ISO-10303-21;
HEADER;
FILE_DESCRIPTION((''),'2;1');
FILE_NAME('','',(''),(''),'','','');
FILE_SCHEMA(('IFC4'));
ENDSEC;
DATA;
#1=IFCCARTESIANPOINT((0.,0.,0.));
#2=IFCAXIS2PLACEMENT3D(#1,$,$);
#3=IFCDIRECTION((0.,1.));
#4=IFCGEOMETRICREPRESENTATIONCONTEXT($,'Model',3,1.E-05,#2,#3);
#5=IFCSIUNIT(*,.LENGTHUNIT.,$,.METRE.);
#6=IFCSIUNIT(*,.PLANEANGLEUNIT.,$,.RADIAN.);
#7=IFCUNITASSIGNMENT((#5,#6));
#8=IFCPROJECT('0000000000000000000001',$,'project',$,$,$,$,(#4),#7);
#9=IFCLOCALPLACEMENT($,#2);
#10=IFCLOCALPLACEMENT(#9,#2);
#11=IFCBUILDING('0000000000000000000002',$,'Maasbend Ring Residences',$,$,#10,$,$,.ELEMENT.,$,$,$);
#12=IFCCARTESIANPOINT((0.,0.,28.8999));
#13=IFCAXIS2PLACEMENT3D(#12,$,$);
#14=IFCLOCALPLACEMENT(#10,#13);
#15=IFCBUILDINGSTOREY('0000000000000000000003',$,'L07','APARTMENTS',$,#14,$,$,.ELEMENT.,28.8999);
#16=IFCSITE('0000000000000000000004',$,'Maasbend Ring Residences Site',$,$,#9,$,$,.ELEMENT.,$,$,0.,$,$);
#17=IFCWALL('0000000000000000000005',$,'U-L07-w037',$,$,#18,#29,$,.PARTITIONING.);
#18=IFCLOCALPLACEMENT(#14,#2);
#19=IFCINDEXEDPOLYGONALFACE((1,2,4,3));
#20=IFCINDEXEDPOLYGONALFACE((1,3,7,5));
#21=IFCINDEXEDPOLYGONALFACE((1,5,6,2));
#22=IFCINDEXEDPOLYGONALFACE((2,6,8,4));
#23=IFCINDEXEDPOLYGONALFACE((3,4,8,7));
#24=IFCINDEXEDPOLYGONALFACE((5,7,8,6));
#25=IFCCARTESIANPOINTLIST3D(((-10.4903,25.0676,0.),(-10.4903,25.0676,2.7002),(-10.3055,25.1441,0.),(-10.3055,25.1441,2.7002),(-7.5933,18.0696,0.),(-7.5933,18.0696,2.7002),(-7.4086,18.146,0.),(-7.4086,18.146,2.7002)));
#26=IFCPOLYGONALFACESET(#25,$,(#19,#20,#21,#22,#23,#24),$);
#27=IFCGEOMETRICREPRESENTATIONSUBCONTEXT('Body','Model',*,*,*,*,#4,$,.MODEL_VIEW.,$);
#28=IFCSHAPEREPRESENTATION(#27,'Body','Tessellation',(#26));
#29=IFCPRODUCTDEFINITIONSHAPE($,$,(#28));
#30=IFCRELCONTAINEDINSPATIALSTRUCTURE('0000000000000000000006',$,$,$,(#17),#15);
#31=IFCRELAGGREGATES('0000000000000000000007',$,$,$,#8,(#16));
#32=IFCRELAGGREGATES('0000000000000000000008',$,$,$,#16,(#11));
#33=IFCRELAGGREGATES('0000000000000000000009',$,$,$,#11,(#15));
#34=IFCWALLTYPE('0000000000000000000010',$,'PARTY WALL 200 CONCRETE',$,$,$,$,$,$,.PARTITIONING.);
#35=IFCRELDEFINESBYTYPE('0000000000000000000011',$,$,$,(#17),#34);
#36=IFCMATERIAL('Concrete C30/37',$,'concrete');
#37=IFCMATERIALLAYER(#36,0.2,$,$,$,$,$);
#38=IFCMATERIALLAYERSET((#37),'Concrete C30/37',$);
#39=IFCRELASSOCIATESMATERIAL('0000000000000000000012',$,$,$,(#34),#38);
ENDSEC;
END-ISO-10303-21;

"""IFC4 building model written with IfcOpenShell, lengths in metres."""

from ifc_helpers import new_model, si_unit, direction, frame, frame_2d, origin, place, context, subcontext, project, spatial, rectangle, extrude, material, layer, layer_set, type_object, element, save


model = new_model("IFC4")

# Units and contexts
model_context = context("Model", 3, precision=1e-05, world=origin(), true_north=direction((0.0, 1.0)))
body_context = subcontext(model_context, "Body", "Model", "MODEL_VIEW")
ifc_project = project(units=[si_unit("LENGTHUNIT", "METRE"), si_unit("PLANEANGLEUNIT", "RADIAN")], contexts=[model_context])

# Site, building, storey
site_placement = place(None, origin())
site = spatial("IfcSite", under=ifc_project, at=site_placement, Name="Maasbend Ring Residences Site", CompositionType="ELEMENT", RefElevation=0.0)
building_placement = place(site_placement, origin())
building = spatial("IfcBuilding", under=site, at=building_placement, Name="Maasbend Ring Residences", CompositionType="ELEMENT")
storey_placement = place(building_placement, frame((0.0, 0.0, 28.8999)))
storey = spatial("IfcBuildingStorey", under=building, at=storey_placement, Name="L07", Description="APARTMENTS", CompositionType="ELEMENT", Elevation=28.8999)

# Wall
ifc_material_1 = material(Name="Concrete C30/37", Category="concrete")
ifc_layer_1 = layer(ifc_material_1, 0.2)
ifc_layer_set_1 = layer_set([ifc_layer_1], Name="Concrete C30/37")
wall_type_1 = type_object("IfcWallType", Name="PARTY WALL 200 CONCRETE", PredefinedType="PARTITIONING", material=ifc_layer_set_1)
wall_1_placement = place(storey_placement, frame((-10.3979, 25.106, 0.0), z_axis=(0.0, 0.0, 1.0), x_axis=(0.38249, -0.923959, 0.0)))
element("IfcWall", 1, at=wall_1_placement, inside=storey, type_object=wall_type_1, Name="U-L07-w037", PredefinedType="PARTITIONING", context=body_context, shape_type="SweptSolid", body=[
    extrude(rectangle(XDim=7.574, YDim=0.2, at=frame_2d((3.7871, 0.0))), origin(), (0.0, 0.0, 1.0), 2.7002),
])

save(model, "model.ifc")
